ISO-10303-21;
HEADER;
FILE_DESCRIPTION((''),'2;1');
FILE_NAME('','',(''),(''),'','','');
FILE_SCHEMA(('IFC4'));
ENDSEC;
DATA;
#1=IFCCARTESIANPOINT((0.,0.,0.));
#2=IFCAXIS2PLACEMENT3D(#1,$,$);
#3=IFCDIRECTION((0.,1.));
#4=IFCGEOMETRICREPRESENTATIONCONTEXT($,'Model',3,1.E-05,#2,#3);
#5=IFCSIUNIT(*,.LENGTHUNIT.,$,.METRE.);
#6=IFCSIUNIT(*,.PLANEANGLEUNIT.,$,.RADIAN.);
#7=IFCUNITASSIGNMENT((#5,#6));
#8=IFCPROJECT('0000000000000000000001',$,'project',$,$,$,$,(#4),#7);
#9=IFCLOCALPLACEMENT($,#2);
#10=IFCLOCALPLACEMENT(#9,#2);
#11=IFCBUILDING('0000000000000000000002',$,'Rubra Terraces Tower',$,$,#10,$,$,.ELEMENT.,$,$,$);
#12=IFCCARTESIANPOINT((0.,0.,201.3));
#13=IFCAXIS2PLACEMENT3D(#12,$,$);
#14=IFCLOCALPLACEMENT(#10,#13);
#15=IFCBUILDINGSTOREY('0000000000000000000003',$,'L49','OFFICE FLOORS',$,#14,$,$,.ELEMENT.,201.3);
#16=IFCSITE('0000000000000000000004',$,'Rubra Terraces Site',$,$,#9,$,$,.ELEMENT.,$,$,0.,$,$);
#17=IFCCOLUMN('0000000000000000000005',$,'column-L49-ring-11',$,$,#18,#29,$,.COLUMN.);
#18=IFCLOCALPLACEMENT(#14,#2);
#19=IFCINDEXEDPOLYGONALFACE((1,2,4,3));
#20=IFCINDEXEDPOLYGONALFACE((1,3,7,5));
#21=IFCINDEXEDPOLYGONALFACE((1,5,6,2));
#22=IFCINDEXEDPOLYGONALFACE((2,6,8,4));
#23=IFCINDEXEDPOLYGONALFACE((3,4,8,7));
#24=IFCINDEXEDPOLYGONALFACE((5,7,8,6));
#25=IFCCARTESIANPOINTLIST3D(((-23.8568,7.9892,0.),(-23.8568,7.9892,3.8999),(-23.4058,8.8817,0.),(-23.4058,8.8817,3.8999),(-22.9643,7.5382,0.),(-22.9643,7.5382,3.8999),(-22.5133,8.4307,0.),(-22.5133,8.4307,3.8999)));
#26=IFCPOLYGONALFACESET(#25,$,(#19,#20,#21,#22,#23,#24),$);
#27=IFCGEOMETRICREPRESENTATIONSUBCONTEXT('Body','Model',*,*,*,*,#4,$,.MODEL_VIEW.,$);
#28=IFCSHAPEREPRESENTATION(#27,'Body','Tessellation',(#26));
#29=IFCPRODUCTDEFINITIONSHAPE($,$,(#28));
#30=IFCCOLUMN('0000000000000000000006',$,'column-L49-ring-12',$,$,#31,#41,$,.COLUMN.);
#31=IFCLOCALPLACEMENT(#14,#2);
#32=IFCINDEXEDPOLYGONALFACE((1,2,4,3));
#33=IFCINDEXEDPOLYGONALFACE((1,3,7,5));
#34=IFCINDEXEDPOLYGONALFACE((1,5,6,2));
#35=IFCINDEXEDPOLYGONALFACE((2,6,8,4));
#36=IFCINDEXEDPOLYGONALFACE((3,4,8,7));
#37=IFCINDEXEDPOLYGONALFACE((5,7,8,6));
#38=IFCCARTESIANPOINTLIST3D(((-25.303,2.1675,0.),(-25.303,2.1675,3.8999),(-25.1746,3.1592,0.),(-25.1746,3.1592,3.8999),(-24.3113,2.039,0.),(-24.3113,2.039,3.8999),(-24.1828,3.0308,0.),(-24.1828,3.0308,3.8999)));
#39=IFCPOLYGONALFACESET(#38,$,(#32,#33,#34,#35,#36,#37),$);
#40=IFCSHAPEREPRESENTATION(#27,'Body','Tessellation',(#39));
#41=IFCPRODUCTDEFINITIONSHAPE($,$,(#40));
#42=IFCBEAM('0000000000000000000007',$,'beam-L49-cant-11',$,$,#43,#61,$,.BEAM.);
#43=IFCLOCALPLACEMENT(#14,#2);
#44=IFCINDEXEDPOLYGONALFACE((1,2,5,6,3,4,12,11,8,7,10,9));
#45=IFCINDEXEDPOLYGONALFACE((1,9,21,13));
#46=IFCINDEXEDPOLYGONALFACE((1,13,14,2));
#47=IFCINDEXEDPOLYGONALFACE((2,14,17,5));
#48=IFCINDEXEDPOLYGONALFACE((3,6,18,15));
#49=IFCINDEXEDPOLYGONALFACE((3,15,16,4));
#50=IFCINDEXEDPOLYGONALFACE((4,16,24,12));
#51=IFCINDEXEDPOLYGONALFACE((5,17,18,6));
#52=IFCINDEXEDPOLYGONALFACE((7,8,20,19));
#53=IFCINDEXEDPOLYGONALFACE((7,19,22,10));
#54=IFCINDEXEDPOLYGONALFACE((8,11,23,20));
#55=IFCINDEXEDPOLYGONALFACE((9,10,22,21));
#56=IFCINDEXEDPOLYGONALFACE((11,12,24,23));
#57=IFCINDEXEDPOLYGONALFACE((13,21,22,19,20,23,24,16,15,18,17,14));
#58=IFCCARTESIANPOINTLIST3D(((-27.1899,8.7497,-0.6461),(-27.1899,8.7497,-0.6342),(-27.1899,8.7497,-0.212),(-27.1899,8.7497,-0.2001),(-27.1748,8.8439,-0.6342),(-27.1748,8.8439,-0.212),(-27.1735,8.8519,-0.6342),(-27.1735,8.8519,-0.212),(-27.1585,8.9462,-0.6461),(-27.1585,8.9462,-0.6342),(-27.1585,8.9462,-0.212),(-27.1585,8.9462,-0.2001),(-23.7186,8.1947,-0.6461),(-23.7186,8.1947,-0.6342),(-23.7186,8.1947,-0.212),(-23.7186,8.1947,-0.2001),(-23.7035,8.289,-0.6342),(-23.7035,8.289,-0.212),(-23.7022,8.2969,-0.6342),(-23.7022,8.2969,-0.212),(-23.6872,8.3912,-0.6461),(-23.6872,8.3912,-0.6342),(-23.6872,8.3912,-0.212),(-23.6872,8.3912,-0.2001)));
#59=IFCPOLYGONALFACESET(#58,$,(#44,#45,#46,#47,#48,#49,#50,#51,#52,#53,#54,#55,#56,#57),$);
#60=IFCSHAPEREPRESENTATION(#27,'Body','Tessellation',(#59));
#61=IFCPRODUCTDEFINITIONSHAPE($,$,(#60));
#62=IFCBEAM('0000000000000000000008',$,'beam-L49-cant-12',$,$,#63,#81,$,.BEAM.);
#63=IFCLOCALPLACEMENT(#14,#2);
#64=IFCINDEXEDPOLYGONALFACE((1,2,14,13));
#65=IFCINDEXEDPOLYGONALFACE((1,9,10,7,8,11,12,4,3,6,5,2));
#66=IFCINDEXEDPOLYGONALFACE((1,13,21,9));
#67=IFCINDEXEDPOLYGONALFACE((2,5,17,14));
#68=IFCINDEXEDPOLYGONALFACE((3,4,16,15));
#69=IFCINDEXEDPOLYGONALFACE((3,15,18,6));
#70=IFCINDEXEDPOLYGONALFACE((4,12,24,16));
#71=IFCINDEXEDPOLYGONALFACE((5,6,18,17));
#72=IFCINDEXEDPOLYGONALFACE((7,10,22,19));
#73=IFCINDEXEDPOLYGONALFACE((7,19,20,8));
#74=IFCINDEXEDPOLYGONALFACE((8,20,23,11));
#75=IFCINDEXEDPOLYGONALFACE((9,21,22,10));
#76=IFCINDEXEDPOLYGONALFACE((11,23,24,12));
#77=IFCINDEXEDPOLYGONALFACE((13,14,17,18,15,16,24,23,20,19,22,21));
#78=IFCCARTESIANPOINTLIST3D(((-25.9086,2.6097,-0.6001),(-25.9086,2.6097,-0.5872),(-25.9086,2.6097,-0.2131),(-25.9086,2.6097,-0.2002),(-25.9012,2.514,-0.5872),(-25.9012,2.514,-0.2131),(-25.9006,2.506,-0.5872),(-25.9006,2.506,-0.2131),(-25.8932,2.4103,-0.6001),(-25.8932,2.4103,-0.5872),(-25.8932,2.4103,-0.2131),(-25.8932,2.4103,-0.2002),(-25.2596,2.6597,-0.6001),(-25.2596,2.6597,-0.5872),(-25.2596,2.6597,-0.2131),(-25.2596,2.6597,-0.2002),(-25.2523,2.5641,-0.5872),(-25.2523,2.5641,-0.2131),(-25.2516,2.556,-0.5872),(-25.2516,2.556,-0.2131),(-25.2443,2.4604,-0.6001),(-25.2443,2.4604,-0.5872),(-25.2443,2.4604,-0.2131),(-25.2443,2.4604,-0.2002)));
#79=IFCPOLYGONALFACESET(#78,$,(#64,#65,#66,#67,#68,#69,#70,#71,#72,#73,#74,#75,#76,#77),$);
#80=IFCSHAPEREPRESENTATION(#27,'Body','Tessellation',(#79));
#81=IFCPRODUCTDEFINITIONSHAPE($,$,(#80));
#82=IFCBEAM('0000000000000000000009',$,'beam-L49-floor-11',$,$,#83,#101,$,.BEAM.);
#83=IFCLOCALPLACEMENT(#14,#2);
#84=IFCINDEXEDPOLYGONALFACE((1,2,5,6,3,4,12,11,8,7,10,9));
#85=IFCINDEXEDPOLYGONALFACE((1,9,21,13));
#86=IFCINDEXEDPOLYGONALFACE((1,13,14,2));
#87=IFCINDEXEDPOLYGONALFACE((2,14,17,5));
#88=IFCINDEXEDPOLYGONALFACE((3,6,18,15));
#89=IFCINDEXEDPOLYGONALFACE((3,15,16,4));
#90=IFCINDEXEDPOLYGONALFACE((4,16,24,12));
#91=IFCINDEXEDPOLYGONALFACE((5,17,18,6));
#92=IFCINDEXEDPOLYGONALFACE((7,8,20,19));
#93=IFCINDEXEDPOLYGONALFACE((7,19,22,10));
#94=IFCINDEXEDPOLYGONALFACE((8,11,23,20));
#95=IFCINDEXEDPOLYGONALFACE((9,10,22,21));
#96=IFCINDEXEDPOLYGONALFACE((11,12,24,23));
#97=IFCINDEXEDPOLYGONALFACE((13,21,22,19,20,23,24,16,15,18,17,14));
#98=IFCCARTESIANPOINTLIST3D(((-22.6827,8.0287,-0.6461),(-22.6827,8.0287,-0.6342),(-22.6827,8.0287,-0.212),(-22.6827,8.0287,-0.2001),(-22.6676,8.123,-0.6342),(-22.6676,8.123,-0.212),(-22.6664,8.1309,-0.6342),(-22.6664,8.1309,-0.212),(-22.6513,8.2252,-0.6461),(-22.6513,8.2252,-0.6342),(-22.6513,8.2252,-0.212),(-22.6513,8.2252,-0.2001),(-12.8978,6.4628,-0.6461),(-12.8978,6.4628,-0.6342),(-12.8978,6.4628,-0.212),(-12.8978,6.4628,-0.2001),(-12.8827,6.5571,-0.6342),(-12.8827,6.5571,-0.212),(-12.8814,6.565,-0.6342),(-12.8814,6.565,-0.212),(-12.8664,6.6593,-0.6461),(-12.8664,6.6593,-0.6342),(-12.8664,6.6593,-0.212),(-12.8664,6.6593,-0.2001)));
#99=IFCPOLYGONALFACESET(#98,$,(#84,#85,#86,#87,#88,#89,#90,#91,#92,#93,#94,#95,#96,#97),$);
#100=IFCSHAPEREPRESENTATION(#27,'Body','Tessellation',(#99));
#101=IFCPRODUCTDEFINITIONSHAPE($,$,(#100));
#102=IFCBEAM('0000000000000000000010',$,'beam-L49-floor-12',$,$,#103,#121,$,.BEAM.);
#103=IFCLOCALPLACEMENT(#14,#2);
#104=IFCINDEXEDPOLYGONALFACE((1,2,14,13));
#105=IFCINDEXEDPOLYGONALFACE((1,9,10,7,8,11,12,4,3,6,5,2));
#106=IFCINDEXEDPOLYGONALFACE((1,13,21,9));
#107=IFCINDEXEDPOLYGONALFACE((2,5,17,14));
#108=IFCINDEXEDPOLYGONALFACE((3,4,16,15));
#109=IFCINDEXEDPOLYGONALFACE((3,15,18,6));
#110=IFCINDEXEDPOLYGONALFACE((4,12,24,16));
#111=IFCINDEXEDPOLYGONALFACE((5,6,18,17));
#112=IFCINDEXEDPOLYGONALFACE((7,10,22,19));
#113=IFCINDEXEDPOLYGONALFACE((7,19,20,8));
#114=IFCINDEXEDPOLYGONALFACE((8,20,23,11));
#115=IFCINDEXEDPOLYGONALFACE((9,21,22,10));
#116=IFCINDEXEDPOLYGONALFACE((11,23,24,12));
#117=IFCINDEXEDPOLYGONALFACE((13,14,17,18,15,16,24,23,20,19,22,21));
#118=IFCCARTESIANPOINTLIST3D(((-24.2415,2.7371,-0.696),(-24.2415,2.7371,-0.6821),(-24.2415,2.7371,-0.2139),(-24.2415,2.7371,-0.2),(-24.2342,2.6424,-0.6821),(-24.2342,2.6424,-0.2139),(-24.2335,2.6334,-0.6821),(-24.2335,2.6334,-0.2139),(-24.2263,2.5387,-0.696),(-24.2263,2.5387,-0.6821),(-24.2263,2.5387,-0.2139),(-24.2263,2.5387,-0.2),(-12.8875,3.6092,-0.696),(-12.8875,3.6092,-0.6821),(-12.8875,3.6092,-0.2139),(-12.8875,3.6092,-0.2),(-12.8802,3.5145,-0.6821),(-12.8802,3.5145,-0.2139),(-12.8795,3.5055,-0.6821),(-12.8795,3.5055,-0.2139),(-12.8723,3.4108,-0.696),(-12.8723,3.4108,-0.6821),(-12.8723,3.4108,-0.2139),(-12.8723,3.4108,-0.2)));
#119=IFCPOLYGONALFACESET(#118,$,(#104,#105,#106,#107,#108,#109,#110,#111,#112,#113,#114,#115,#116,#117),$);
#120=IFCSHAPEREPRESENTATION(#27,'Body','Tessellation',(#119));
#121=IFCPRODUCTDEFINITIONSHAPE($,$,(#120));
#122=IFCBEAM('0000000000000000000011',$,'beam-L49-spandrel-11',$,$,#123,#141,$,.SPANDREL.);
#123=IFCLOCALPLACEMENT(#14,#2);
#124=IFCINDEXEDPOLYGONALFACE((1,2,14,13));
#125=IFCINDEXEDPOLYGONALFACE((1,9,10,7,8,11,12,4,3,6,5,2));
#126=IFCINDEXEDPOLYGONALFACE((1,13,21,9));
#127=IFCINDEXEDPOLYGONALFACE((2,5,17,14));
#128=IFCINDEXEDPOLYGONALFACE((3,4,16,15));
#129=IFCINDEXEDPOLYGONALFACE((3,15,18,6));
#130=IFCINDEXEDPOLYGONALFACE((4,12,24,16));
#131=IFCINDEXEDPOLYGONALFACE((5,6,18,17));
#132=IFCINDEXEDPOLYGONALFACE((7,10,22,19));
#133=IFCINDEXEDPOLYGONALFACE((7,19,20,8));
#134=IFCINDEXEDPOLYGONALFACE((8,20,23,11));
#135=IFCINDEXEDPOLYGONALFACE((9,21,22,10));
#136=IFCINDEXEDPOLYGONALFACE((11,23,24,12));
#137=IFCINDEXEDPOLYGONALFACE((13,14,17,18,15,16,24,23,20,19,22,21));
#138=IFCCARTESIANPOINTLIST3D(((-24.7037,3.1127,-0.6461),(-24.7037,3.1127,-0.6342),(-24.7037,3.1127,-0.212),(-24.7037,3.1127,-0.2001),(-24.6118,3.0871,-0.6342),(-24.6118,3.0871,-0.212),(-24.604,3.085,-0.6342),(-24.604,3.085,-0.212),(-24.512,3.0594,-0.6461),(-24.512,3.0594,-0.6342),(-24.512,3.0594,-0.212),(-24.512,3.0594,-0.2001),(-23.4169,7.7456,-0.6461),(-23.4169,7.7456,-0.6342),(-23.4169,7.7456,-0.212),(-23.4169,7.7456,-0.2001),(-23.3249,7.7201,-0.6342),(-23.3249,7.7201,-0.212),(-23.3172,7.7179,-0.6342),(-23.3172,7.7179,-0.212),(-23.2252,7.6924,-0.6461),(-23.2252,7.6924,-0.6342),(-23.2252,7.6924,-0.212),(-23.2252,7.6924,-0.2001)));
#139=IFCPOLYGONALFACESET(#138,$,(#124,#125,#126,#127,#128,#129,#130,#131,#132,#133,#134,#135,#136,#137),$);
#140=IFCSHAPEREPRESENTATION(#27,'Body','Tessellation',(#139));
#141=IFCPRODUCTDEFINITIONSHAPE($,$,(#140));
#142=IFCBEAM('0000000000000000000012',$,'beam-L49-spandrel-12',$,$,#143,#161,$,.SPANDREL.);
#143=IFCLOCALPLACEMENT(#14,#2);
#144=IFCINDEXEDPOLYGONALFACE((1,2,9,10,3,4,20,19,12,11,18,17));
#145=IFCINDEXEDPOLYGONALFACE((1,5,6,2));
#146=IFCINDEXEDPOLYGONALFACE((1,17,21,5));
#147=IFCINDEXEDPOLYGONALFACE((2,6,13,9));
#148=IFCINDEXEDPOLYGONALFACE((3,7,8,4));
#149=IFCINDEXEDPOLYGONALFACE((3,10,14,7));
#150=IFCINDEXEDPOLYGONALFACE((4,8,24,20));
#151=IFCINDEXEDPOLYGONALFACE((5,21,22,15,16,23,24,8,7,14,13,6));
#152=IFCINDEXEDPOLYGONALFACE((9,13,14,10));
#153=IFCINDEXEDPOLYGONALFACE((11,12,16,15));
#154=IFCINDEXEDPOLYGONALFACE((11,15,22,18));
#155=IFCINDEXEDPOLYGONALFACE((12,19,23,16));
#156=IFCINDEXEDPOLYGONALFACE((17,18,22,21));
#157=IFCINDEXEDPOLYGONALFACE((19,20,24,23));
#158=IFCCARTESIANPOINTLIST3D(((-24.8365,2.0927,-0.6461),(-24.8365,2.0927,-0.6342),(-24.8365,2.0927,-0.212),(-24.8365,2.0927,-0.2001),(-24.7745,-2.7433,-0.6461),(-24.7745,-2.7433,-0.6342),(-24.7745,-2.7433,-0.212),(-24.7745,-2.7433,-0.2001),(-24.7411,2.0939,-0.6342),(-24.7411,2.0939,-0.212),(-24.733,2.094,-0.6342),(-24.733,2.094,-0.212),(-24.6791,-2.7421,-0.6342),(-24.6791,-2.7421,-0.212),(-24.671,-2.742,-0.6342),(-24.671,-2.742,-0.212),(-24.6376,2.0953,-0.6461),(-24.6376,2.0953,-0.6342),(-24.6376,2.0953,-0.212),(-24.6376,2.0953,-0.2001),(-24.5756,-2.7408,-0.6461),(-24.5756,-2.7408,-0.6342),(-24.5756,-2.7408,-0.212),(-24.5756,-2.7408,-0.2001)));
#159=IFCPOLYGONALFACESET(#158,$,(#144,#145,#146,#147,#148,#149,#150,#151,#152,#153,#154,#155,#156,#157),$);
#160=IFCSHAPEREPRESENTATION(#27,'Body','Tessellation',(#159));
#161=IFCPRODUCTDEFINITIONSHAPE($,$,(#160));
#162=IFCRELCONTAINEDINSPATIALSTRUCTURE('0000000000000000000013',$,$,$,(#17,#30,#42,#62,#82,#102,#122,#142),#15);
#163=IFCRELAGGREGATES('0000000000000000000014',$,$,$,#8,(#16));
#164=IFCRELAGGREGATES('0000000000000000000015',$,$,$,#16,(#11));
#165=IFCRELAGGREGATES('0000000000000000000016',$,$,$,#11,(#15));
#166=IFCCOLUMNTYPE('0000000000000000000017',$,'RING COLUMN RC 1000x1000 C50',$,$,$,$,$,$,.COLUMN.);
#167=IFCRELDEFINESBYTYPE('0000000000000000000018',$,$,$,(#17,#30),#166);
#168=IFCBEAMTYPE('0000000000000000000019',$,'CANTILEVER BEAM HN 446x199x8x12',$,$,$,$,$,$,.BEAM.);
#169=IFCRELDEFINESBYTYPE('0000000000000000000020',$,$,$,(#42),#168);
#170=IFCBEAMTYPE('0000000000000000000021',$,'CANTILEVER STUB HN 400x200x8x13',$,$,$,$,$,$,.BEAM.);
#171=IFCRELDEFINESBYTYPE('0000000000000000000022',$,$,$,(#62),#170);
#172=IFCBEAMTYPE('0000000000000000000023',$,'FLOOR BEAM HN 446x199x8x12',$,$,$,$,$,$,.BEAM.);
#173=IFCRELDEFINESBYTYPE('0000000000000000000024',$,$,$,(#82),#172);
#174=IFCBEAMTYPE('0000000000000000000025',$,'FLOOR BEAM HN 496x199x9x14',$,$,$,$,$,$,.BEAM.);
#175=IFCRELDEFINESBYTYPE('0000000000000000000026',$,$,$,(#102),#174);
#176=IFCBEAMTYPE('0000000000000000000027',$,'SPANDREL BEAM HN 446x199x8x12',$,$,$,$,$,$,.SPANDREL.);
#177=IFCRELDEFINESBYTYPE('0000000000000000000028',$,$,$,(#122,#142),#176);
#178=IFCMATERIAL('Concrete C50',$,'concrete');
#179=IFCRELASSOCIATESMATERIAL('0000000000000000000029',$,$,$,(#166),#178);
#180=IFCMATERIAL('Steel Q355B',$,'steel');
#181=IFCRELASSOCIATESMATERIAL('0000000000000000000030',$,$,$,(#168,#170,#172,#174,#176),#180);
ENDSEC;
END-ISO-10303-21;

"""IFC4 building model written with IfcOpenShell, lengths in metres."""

from ifc_helpers import new_model, si_unit, direction, frame, origin, origin_2d, place, context, subcontext, project, spatial, rectangle, i_section, extrude, material, material_profile, profile_set, type_object, element, save


model = new_model("IFC4")

# Units and contexts
model_context = context("Model", 3, precision=1e-05, world=origin(), true_north=direction((0.0, 1.0)))
body_context = subcontext(model_context, "Body", "Model", "MODEL_VIEW")
ifc_project = project(units=[si_unit("LENGTHUNIT", "METRE"), si_unit("PLANEANGLEUNIT", "RADIAN")], contexts=[model_context])

# Site, building, storey
site_placement = place(None, origin())
site = spatial("IfcSite", under=ifc_project, at=site_placement, Name="Rubra Terraces Site", CompositionType="ELEMENT", RefElevation=0.0)
building_placement = place(site_placement, origin())
building = spatial("IfcBuilding", under=site, at=building_placement, Name="Rubra Terraces Tower", CompositionType="ELEMENT")
storey_placement = place(building_placement, frame((0.0, 0.0, 201.3)))
storey = spatial("IfcBuildingStorey", under=building, at=storey_placement, Name="L49", Description="OFFICE FLOORS", CompositionType="ELEMENT", Elevation=201.3)

# Columns
ifc_material_1 = material(Name="Concrete C50", Category="concrete")
ifc_material_profile_1 = material_profile(ifc_material_1, rectangle(XDim=1.0, YDim=1.0, at=origin_2d()), Name="RC 1000x1000")
ifc_profile_set_1 = profile_set([ifc_material_profile_1], Name="Concrete C50")
column_type = type_object("IfcColumnType", Name="RING COLUMN RC 1000x1000 C50", PredefinedType="COLUMN", material=ifc_profile_set_1)
for number, where, z_axis, x_axis, name in (
    (1, (-23.1851, 8.21, 0.0), (0.0, 0.0, 1.0), (-0.451028, -0.89251, 0.0), "column-L49-ring-11"),
    (2, (-24.7429, 2.5991, 0.0), (0.0, 0.0, 1.0), (-0.128444, -0.991717, 0.0), "column-L49-ring-12"),
):
    element("IfcColumn", number, at=place(storey_placement, frame(where, z_axis=z_axis, x_axis=x_axis)), inside=storey, type_object=column_type, Name=name, PredefinedType="COLUMN", context=body_context, shape_type="SweptSolid", body=[
        extrude(rectangle(XDim=1.0, YDim=1.0, at=origin_2d()), origin(), (0.0, 0.0, 1.0), 3.8999),
    ])

# Beams
ifc_material_2 = material(Name="Steel Q355B", Category="steel")
ifc_material_profile_2 = material_profile(ifc_material_2, i_section(OverallWidth=0.199, OverallDepth=0.446, WebThickness=0.0081, FlangeThickness=0.012, at=origin_2d()), Name="HN 446x199x8x12")
ifc_profile_set_2 = profile_set([ifc_material_profile_2], Name="Steel Q355B")
beam_type_1 = type_object("IfcBeamType", Name="CANTILEVER BEAM HN 446x199x8x12", PredefinedType="BEAM", material=ifc_profile_set_2)
beam_1_placement = place(storey_placement, frame((-23.7029, 8.293, -0.4231), z_axis=(-0.987461, 0.157863, 0.0), x_axis=(-0.157863, -0.987461, 0.0)))
element("IfcBeam", 3, at=beam_1_placement, inside=storey, type_object=beam_type_1, Name="beam-L49-cant-11", PredefinedType="BEAM", context=body_context, shape_type="SweptSolid", body=[
    extrude(i_section(OverallWidth=0.199, OverallDepth=0.446, WebThickness=0.0081, FlangeThickness=0.012, at=origin_2d()), origin(), (0.0, 0.0, 1.0), 3.5154),
])
ifc_material_profile_3 = material_profile(ifc_material_2, i_section(OverallWidth=0.2, OverallDepth=0.3999, WebThickness=0.0081, FlangeThickness=0.0129, at=origin_2d()), Name="HN 400x200x8x13")
ifc_profile_set_3 = profile_set([ifc_material_profile_3], Name="Steel Q355B")
beam_type_2 = type_object("IfcBeamType", Name="CANTILEVER STUB HN 400x200x8x13", PredefinedType="BEAM", material=ifc_profile_set_3)
beam_2_placement = place(storey_placement, frame((-25.252, 2.5601, -0.4001), z_axis=(-0.997039, -0.076897, 0.0), x_axis=(0.076897, -0.997039, 0.0)))
element("IfcBeam", 4, at=beam_2_placement, inside=storey, type_object=beam_type_2, Name="beam-L49-cant-12", PredefinedType="BEAM", context=body_context, shape_type="SweptSolid", body=[
    extrude(i_section(OverallWidth=0.2, OverallDepth=0.3999, WebThickness=0.0081, FlangeThickness=0.0129, at=origin_2d()), origin(), (0.0, 0.0, 1.0), 0.6509),
])
ifc_material_profile_4 = material_profile(ifc_material_2, i_section(OverallWidth=0.199, OverallDepth=0.446, WebThickness=0.0081, FlangeThickness=0.012, at=origin_2d()), Name="HN 446x199x8x12")
ifc_profile_set_4 = profile_set([ifc_material_profile_4], Name="Steel Q355B")
beam_type_3 = type_object("IfcBeamType", Name="FLOOR BEAM HN 446x199x8x12", PredefinedType="BEAM", material=ifc_profile_set_4)
beam_3_placement = place(storey_placement, frame((-22.667, 8.127, -0.4231), z_axis=(0.987435, -0.158023, 0.0), x_axis=(0.158023, 0.987435, 0.0)))
element("IfcBeam", 5, at=beam_3_placement, inside=storey, type_object=beam_type_3, Name="beam-L49-floor-11", PredefinedType="BEAM", context=body_context, shape_type="SweptSolid", body=[
    extrude(i_section(OverallWidth=0.199, OverallDepth=0.446, WebThickness=0.0081, FlangeThickness=0.012, at=origin_2d()), origin(), (0.0, 0.0, 1.0), 9.9094),
])
ifc_material_profile_5 = material_profile(ifc_material_2, i_section(OverallWidth=0.199, OverallDepth=0.4961, WebThickness=0.009, FlangeThickness=0.0139, at=origin_2d()), Name="HN 496x199x9x14")
ifc_profile_set_5 = profile_set([ifc_material_profile_5], Name="Steel Q355B")
beam_type_4 = type_object("IfcBeamType", Name="FLOOR BEAM HN 496x199x9x14", PredefinedType="BEAM", material=ifc_profile_set_5)
beam_4_placement = place(storey_placement, frame((-24.2339, 2.6379, -0.448), z_axis=(0.997063, 0.076582, 0.0), x_axis=(-0.076582, 0.997063, 0.0)))
element("IfcBeam", 6, at=beam_4_placement, inside=storey, type_object=beam_type_4, Name="beam-L49-floor-12", PredefinedType="BEAM", context=body_context, shape_type="SweptSolid", body=[
    extrude(i_section(OverallWidth=0.199, OverallDepth=0.4961, WebThickness=0.009, FlangeThickness=0.0139, at=origin_2d()), origin(), (0.0, 0.0, 1.0), 11.3875),
])
ifc_material_profile_6 = material_profile(ifc_material_2, i_section(OverallWidth=0.199, OverallDepth=0.446, WebThickness=0.0081, FlangeThickness=0.012, at=origin_2d()), Name="HN 446x199x8x12")
ifc_profile_set_6 = profile_set([ifc_material_profile_6], Name="Steel Q355B")
beam_type_5 = type_object("IfcBeamType", Name="SPANDREL BEAM HN 446x199x8x12", PredefinedType="SPANDREL", material=ifc_profile_set_6)
beam_5_placement = place(storey_placement, frame((-23.321, 7.719, -0.4231), z_axis=(-0.267626, -0.963523, 0.0), x_axis=(0.963523, -0.267626, 0.0)))
element("IfcBeam", 7, at=beam_5_placement, inside=storey, type_object=beam_type_5, Name="beam-L49-spandrel-11", PredefinedType="SPANDREL", context=body_context, shape_type="SweptSolid", body=[
    extrude(i_section(OverallWidth=0.199, OverallDepth=0.446, WebThickness=0.0081, FlangeThickness=0.012, at=origin_2d()), origin(), (0.0, 0.0, 1.0), 4.8083),
])
beam_6_placement = place(storey_placement, frame((-24.7371, 2.094, -0.4231), z_axis=(0.012822, -0.999918, 0.0), x_axis=(0.999918, 0.012822, 0.0)))
element("IfcBeam", 8, at=beam_6_placement, inside=storey, type_object=beam_type_5, Name="beam-L49-spandrel-12", PredefinedType="SPANDREL", context=body_context, shape_type="SweptSolid", body=[
    extrude(i_section(OverallWidth=0.199, OverallDepth=0.446, WebThickness=0.0081, FlangeThickness=0.012, at=origin_2d()), origin(), (0.0, 0.0, 1.0), 4.8364),
])

save(model, "model.ifc")
